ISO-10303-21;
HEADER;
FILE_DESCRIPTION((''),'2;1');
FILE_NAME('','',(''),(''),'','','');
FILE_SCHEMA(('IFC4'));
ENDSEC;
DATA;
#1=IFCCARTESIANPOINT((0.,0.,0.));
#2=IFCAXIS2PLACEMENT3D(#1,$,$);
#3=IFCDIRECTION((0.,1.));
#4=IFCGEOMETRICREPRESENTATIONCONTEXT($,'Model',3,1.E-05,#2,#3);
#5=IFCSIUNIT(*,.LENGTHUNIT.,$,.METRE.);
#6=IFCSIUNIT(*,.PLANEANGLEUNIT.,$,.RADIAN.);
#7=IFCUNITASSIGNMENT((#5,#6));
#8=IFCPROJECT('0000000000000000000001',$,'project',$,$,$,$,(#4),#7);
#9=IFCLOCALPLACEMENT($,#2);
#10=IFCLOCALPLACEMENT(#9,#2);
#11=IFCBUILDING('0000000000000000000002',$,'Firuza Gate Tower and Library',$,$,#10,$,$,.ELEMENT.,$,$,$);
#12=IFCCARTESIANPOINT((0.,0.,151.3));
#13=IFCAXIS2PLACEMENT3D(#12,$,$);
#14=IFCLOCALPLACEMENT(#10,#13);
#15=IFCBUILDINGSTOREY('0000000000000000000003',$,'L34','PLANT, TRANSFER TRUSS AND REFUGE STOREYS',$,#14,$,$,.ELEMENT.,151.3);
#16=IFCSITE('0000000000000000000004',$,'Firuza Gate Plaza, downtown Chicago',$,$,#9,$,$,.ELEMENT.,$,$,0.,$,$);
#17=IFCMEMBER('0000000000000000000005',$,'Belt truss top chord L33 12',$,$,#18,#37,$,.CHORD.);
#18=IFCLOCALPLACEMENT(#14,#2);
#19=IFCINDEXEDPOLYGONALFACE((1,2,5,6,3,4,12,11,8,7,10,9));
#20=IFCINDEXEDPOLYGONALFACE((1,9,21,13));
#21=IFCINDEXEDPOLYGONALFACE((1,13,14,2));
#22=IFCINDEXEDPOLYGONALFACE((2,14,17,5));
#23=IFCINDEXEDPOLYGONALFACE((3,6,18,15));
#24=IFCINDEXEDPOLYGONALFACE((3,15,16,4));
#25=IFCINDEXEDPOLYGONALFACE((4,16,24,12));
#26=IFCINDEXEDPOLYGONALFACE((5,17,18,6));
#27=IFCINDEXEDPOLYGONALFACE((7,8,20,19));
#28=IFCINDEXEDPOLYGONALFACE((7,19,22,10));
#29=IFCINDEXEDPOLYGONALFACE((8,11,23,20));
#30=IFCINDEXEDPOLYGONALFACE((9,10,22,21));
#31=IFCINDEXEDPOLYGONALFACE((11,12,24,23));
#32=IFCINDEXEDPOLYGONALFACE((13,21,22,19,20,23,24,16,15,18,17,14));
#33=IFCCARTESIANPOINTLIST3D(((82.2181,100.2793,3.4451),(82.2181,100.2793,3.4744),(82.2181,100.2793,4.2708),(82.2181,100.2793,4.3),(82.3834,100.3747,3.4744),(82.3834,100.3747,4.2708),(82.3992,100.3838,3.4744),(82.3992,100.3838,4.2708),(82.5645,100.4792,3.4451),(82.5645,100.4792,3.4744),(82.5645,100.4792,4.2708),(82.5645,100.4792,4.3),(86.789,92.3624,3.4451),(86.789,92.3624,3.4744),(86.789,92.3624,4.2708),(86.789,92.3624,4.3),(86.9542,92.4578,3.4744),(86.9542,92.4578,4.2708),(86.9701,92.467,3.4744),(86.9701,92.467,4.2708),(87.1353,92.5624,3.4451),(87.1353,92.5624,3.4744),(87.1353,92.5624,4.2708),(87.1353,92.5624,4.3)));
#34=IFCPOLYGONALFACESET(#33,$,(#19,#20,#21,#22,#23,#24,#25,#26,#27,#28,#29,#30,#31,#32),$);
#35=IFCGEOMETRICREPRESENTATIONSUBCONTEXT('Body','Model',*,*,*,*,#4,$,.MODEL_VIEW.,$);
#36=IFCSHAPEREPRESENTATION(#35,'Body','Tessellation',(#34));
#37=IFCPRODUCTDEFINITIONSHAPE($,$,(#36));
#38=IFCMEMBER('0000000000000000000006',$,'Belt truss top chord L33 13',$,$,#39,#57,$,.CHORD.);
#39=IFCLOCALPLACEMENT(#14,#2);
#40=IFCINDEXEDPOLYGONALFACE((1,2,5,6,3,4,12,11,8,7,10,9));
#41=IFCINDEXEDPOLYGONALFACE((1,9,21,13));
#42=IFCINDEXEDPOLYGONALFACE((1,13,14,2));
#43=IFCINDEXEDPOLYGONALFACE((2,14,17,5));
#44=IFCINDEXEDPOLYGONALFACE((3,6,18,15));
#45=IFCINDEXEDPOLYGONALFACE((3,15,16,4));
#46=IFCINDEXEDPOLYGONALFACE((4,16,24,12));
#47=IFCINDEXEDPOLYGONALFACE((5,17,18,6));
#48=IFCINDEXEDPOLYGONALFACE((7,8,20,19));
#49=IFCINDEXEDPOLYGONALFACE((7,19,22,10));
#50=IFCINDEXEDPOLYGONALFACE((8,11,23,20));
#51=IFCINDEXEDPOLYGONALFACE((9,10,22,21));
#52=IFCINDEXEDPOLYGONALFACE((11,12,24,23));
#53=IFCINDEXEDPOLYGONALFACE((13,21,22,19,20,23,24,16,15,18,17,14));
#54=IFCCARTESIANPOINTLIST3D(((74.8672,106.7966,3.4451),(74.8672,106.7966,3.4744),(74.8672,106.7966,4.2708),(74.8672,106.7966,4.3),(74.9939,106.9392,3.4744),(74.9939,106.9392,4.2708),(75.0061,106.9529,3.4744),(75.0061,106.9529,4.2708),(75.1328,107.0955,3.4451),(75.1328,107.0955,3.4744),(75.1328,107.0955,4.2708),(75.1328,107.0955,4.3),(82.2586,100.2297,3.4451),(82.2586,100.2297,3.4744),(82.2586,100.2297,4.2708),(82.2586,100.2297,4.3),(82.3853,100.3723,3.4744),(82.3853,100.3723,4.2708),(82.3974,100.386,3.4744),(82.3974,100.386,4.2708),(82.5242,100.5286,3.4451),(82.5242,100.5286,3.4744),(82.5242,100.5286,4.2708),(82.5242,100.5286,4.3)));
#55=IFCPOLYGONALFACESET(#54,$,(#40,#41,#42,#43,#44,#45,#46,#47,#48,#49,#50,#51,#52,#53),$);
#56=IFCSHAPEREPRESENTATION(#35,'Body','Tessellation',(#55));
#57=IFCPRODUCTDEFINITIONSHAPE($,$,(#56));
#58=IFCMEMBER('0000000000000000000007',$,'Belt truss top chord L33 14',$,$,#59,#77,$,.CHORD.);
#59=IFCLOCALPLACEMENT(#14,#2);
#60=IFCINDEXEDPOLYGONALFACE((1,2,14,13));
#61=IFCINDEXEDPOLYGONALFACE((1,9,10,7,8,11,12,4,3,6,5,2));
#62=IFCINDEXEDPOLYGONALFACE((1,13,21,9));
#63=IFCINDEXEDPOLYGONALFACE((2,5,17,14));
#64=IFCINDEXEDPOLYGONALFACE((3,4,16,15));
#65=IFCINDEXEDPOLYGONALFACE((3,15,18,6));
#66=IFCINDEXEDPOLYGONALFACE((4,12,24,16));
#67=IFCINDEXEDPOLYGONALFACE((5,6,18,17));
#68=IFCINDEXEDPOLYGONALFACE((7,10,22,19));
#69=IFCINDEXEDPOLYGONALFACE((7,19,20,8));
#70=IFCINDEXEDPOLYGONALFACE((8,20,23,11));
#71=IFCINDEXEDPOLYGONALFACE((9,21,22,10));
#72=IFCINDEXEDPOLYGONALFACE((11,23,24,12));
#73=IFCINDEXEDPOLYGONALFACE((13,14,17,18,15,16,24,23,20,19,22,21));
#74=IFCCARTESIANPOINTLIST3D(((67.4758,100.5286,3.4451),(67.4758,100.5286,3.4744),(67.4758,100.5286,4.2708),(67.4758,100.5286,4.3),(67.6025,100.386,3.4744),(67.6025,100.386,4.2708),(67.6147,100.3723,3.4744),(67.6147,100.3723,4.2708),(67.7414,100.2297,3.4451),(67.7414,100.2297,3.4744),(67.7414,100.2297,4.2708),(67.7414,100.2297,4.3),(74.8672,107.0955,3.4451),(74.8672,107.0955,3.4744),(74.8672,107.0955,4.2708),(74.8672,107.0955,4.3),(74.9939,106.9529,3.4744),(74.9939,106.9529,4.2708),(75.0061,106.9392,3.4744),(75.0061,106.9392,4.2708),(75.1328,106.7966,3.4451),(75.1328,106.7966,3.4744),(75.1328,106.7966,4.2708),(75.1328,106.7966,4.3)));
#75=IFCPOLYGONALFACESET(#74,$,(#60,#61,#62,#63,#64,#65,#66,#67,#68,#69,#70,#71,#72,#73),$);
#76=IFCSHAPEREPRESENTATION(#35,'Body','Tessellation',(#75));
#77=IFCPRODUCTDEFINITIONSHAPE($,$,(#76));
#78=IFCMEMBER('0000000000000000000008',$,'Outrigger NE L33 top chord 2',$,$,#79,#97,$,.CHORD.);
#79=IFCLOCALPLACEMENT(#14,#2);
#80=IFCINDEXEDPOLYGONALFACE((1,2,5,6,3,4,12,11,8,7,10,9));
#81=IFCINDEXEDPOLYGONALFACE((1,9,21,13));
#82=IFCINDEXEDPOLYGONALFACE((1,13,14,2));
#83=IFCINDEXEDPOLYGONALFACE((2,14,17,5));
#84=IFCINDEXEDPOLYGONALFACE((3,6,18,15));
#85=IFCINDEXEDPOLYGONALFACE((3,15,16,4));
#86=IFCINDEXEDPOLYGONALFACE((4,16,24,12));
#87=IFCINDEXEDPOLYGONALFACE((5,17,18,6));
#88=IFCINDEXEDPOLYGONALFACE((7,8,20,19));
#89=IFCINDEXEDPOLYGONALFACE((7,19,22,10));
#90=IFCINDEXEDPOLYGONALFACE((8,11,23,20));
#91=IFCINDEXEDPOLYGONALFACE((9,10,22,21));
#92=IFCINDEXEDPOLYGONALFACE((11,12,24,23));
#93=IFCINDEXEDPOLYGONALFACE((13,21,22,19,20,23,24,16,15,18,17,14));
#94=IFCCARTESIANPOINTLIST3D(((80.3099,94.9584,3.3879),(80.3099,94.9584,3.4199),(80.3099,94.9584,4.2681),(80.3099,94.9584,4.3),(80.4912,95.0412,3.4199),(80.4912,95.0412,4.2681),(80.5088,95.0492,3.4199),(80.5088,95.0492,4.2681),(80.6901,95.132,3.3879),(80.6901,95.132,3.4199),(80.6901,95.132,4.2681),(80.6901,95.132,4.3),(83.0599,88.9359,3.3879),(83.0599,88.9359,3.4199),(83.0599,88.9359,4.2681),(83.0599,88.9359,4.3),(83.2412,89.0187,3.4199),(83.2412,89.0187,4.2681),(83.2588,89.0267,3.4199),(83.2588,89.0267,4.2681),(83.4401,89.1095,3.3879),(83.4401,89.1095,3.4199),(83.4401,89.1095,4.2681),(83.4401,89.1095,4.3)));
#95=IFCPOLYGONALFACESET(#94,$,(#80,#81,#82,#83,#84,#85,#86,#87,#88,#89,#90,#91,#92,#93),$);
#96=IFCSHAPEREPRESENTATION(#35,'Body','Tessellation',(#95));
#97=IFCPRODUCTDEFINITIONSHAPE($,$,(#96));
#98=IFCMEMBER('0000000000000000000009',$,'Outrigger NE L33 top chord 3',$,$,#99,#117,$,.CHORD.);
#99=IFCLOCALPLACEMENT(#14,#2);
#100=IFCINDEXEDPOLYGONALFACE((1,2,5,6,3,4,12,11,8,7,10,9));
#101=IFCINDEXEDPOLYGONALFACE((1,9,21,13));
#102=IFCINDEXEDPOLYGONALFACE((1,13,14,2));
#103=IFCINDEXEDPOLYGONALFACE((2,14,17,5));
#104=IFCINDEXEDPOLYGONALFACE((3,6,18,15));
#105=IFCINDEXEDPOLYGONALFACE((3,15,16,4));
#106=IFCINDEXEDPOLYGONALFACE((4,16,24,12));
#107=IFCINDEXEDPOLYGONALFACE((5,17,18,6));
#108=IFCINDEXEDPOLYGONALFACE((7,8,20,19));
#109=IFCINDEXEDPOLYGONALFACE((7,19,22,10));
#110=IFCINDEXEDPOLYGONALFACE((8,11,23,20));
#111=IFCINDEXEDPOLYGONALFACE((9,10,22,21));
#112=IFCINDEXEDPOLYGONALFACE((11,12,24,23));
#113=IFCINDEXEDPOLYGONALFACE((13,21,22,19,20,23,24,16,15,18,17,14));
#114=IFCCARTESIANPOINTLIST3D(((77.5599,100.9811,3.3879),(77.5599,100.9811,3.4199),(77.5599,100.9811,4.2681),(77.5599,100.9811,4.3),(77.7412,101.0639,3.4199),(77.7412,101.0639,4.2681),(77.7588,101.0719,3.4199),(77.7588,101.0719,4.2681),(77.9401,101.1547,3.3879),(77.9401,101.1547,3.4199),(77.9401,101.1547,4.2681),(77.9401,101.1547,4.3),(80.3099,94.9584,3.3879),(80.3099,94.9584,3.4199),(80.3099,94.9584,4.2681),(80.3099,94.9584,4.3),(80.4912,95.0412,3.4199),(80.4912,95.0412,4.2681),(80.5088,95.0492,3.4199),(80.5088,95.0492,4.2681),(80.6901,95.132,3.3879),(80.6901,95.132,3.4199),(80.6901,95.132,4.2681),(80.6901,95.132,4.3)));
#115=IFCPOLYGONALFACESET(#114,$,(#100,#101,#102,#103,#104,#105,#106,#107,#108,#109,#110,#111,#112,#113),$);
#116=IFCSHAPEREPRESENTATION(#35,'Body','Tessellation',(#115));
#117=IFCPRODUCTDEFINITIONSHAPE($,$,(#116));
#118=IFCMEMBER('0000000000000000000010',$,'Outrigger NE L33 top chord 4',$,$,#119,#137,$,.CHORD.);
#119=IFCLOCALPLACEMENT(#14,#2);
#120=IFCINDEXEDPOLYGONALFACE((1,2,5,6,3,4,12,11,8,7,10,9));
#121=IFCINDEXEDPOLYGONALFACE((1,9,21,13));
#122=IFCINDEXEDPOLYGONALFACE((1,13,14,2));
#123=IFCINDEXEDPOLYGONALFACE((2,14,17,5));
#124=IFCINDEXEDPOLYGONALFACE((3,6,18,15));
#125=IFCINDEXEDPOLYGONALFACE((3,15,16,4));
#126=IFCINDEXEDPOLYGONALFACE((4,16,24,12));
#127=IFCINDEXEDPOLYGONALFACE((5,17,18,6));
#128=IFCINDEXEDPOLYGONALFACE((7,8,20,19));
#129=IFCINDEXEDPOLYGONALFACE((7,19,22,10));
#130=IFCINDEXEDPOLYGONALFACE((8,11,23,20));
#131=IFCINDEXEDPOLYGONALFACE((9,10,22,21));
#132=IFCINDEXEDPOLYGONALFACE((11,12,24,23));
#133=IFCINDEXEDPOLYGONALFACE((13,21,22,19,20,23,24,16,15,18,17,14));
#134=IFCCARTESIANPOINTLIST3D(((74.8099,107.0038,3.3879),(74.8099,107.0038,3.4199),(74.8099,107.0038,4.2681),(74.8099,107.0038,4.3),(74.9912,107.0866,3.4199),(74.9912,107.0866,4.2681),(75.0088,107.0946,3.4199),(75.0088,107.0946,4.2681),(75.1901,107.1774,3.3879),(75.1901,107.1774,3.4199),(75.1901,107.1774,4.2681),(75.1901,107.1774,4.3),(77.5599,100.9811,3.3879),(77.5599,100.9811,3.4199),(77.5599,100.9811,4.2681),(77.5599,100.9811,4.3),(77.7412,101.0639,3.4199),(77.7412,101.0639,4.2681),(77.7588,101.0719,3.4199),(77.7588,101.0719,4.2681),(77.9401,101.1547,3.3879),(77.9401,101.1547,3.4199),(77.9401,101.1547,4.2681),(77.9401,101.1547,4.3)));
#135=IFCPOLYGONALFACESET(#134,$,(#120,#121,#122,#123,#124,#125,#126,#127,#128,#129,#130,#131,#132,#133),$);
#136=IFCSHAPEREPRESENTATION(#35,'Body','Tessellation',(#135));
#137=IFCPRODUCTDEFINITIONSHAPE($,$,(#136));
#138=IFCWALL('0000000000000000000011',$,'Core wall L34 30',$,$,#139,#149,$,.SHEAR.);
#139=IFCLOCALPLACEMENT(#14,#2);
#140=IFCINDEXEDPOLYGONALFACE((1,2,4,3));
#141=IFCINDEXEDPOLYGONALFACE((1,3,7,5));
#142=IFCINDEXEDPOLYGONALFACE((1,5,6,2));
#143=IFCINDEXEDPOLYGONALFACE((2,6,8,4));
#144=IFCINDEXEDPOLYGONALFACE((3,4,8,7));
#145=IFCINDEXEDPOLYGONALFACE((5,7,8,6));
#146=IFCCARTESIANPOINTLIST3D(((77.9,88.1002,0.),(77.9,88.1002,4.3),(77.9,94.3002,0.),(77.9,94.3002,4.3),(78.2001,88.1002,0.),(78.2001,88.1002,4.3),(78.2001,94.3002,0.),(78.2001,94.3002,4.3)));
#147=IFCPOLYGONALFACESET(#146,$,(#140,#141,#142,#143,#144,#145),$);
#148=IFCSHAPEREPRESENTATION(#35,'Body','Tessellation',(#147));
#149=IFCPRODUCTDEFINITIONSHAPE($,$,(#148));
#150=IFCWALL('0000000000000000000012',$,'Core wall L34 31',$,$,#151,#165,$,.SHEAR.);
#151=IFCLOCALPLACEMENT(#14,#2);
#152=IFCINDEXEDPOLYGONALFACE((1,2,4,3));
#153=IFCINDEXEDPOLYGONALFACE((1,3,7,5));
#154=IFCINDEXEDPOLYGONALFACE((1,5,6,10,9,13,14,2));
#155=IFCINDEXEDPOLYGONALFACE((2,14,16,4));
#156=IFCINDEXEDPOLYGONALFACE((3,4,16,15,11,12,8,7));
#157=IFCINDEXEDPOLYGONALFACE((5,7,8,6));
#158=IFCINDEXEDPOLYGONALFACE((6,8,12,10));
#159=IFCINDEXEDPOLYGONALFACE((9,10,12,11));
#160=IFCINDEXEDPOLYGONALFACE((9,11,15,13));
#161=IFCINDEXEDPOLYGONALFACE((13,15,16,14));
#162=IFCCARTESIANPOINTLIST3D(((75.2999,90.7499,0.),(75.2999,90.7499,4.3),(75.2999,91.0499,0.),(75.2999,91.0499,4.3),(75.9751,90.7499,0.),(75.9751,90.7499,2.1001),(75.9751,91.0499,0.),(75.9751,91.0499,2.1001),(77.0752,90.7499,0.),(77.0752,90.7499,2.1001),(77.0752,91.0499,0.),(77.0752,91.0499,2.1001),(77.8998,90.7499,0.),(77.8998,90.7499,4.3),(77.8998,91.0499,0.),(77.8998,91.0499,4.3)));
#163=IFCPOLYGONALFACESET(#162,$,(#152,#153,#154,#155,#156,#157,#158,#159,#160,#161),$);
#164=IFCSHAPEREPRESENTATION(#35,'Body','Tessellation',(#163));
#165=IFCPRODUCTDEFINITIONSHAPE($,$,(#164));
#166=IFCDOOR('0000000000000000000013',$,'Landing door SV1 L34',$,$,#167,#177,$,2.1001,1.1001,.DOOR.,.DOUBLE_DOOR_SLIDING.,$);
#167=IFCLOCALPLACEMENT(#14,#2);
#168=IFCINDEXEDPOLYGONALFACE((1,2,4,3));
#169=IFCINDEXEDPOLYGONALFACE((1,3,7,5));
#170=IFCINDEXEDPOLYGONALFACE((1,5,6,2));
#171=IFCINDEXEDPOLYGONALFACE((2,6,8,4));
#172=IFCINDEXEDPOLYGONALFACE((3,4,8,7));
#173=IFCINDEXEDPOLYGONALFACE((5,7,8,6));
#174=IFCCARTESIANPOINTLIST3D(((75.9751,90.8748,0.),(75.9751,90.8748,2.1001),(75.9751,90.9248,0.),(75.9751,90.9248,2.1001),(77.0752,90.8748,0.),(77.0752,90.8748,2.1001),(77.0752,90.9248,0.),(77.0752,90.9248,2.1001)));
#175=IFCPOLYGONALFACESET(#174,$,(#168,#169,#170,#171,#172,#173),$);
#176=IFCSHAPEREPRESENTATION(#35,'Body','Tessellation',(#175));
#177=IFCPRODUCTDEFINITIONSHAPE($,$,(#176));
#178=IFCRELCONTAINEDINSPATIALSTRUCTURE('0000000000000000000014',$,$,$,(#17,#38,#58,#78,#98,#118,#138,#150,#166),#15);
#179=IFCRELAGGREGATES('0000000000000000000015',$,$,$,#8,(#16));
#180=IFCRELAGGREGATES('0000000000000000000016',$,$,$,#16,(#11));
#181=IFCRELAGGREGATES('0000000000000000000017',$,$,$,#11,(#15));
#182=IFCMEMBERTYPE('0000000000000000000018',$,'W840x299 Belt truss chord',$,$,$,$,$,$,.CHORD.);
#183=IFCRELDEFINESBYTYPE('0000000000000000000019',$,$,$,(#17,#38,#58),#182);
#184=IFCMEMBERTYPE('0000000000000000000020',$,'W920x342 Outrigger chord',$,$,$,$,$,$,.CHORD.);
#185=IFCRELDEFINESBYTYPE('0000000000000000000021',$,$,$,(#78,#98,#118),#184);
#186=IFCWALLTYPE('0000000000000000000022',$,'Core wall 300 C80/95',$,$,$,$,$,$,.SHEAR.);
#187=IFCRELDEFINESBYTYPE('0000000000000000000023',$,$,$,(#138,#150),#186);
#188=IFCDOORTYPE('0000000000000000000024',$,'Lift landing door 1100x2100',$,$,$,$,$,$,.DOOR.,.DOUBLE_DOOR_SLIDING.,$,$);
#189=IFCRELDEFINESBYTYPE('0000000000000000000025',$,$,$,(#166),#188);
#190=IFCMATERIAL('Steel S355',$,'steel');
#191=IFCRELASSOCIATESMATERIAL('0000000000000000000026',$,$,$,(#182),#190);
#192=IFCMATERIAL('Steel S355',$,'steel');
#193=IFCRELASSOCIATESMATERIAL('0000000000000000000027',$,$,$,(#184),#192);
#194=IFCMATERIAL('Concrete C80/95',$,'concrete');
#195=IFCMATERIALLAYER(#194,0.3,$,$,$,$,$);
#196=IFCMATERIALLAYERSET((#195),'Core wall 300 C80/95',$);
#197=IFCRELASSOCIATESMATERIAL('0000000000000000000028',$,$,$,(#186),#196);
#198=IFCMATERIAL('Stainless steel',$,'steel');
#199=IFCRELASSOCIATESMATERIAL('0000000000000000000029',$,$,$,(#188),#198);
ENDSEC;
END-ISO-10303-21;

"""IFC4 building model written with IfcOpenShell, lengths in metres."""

from ifc_helpers import new_model, si_unit, direction, frame, frame_2d, origin, origin_2d, place, context, subcontext, project, spatial, rectangle, i_section, extrude, material, layer, layer_set, material_profile, profile_set, type_object, element, fill, save


model = new_model("IFC4")

# Units and contexts
model_context = context("Model", 3, precision=1e-05, world=origin(), true_north=direction((0.0, 1.0)))
body_context = subcontext(model_context, "Body", "Model", "MODEL_VIEW")
ifc_project = project(units=[si_unit("LENGTHUNIT", "METRE"), si_unit("PLANEANGLEUNIT", "RADIAN")], contexts=[model_context])

# Site, building, storey
site_placement = place(None, origin())
site = spatial("IfcSite", under=ifc_project, at=site_placement, Name="Firuza Gate Plaza, downtown Chicago", CompositionType="ELEMENT", RefElevation=0.0)
building_placement = place(site_placement, origin())
building = spatial("IfcBuilding", under=site, at=building_placement, Name="Firuza Gate Tower and Library", CompositionType="ELEMENT")
storey_placement = place(building_placement, frame((0.0, 0.0, 151.3)))
storey = spatial("IfcBuildingStorey", under=building, at=storey_placement, Name="L34", Description="PLANT, TRANSFER TRUSS AND REFUGE STOREYS", CompositionType="ELEMENT", Elevation=151.3)

# Members
ifc_material_1 = material(Name="Steel S355", Category="steel")
ifc_material_profile_1 = material_profile(ifc_material_1, i_section(OverallWidth=0.3999, OverallDepth=0.855, WebThickness=0.0183, FlangeThickness=0.0293, at=origin_2d()))
ifc_profile_set_1 = profile_set([ifc_material_profile_1], Name="Steel S355")
member_type_1 = type_object("IfcMemberType", Name="W840x299 Belt truss chord", PredefinedType="CHORD", material=ifc_profile_set_1)
member_1_placement = place(storey_placement, frame((86.9622, 92.4624, 3.8726), z_axis=(-0.500005, 0.866022, 0.0), x_axis=(-0.866022, -0.500005, 0.0)))
element("IfcMember", 1, at=member_1_placement, inside=storey, type_object=member_type_1, Name="Belt truss top chord L33 12", PredefinedType="CHORD", context=body_context, shape_type="SweptSolid", body=[
    extrude(i_section(OverallWidth=0.3999, OverallDepth=0.855, WebThickness=0.0183, FlangeThickness=0.0293, at=origin_2d()), origin(), (0.0, 0.0, 1.0), 9.1416),
])
for number, where, z_axis, x_axis, name in (
    (2, (82.3914, 100.3792, 3.8726), (-0.74757, 0.664183, 0.0), (-0.664183, -0.74757, 0.0), "Belt truss top chord L33 13"),
    (3, (75.0, 106.946, 3.8726), (-0.74757, -0.664183, 0.0), (0.664183, -0.74757, 0.0), "Belt truss top chord L33 14"),
):
    element("IfcMember", number, at=place(storey_placement, frame(where, z_axis=z_axis, x_axis=x_axis)), inside=storey, type_object=member_type_1, Name=name, PredefinedType="CHORD", context=body_context, shape_type="SweptSolid", body=[
        extrude(i_section(OverallWidth=0.3999, OverallDepth=0.855, WebThickness=0.0183, FlangeThickness=0.0293, at=origin_2d()), origin(), (0.0, 0.0, 1.0), 9.8872),
    ])
ifc_material_2 = material(Name="Steel S355", Category="steel")
ifc_material_profile_2 = material_profile(ifc_material_2, i_section(OverallWidth=0.418, OverallDepth=0.9121, WebThickness=0.0193, FlangeThickness=0.032, at=origin_2d()))
ifc_profile_set_2 = profile_set([ifc_material_profile_2], Name="Steel S355")
member_type_2 = type_object("IfcMemberType", Name="W920x342 Outrigger chord", PredefinedType="CHORD", material=ifc_profile_set_2)
member_2_placement = place(storey_placement, frame((83.25, 89.0227, 3.844), z_axis=(-0.415369, 0.909653, 0.0), x_axis=(-0.909653, -0.415369, 0.0)))
element("IfcMember", 4, at=member_2_placement, inside=storey, type_object=member_type_2, Name="Outrigger NE L33 top chord 2", PredefinedType="CHORD", context=body_context, shape_type="SweptSolid", body=[
    extrude(i_section(OverallWidth=0.418, OverallDepth=0.9121, WebThickness=0.0193, FlangeThickness=0.032, at=origin_2d()), origin(), (0.0, 0.0, 1.0), 6.6206),
])
for number, where, z_axis, x_axis, name in (
    (5, (80.5, 95.0452, 3.844), (-0.415355, 0.909659, 0.0), (-0.909659, -0.415355, 0.0), "Outrigger NE L33 top chord 3"),
    (6, (77.75, 101.0679, 3.844), (-0.415355, 0.909659, 0.0), (-0.909659, -0.415355, 0.0), "Outrigger NE L33 top chord 4"),
):
    element("IfcMember", number, at=place(storey_placement, frame(where, z_axis=z_axis, x_axis=x_axis)), inside=storey, type_object=member_type_2, Name=name, PredefinedType="CHORD", context=body_context, shape_type="SweptSolid", body=[
        extrude(i_section(OverallWidth=0.418, OverallDepth=0.9121, WebThickness=0.0193, FlangeThickness=0.032, at=origin_2d()), origin(), (0.0, 0.0, 1.0), 6.6208),
    ])

# Wall
ifc_material_3 = material(Name="Concrete C80/95", Category="concrete")
ifc_layer_1 = layer(ifc_material_3, 0.3)
ifc_layer_set_1 = layer_set([ifc_layer_1], Name="Core wall 300 C80/95")
wall_type_1 = type_object("IfcWallType", Name="Core wall 300 C80/95", PredefinedType="SHEAR", material=ifc_layer_set_1)
wall_1_placement = place(storey_placement, frame((78.05, 88.1001, 0.0), z_axis=(0.0, 0.0, 1.0), x_axis=(0.0, 1.0, 0.0)))
element("IfcWall", 7, at=wall_1_placement, inside=storey, type_object=wall_type_1, Name="Core wall L34 30", PredefinedType="SHEAR", context=body_context, shape_type="SweptSolid", body=[
    extrude(rectangle(XDim=6.2, YDim=0.3, at=frame_2d((3.1001, 0.0))), origin(), (0.0, 0.0, 1.0), 4.3),
])

# Wall, opening, door
wall_2_placement = place(storey_placement, frame((75.3, 90.8999, 0.0), z_axis=(0.0, 0.0, 1.0), x_axis=(1.0, 0.0, 0.0)))
wall_2 = element("IfcWall", 8, at=wall_2_placement, inside=storey, type_object=wall_type_1, Name="Core wall L34 31", PredefinedType="SHEAR", context=body_context, shape_type="SweptSolid", body=[
    extrude(rectangle(XDim=2.5999, YDim=0.3, at=frame_2d((1.2998, 0.0))), origin(), (0.0, 0.0, 1.0), 4.3),
])
opening_1_placement = place(wall_2_placement, frame((0.675, 0.0, 0.0)))
opening_1 = element("IfcOpeningElement", 9, at=opening_1_placement, cuts=wall_2, PredefinedType="OPENING", context=body_context, shape_type="SweptSolid", body=[
    extrude(rectangle(XDim=1.1001, YDim=2.1001, at=frame_2d((0.55, 1.05))), frame((0.0, 0.1602, 0.0), z_axis=(0.0, -1.0, 0.0), x_axis=(1.0, 0.0, 0.0)), (0.0, 0.0, 1.0), 0.3201),
])
ifc_material_4 = material(Name="Stainless steel", Category="steel")
door_type_1 = type_object("IfcDoorType", Name="Lift landing door 1100x2100", OperationType="DOUBLE_DOOR_SLIDING", PredefinedType="DOOR", material=ifc_material_4)
door_1_placement = place(opening_1_placement, origin())
door_1 = element("IfcDoor", 10, at=door_1_placement, inside=storey, type_object=door_type_1, Name="Landing door SV1 L34", OperationType="DOUBLE_DOOR_SLIDING", OverallHeight=2.1001, OverallWidth=1.1001, PredefinedType="DOOR", context=body_context, shape_type="SweptSolid", body=[
    extrude(rectangle(XDim=1.1001, YDim=2.1001, at=frame_2d((0.55, 1.05))), frame((0.0, 0.0249, 0.0), z_axis=(0.0, -1.0, 0.0), x_axis=(1.0, 0.0, 0.0)), (0.0, 0.0, 1.0), 0.05),
])
fill(opening_1, door_1)

save(model, "model.ifc")
